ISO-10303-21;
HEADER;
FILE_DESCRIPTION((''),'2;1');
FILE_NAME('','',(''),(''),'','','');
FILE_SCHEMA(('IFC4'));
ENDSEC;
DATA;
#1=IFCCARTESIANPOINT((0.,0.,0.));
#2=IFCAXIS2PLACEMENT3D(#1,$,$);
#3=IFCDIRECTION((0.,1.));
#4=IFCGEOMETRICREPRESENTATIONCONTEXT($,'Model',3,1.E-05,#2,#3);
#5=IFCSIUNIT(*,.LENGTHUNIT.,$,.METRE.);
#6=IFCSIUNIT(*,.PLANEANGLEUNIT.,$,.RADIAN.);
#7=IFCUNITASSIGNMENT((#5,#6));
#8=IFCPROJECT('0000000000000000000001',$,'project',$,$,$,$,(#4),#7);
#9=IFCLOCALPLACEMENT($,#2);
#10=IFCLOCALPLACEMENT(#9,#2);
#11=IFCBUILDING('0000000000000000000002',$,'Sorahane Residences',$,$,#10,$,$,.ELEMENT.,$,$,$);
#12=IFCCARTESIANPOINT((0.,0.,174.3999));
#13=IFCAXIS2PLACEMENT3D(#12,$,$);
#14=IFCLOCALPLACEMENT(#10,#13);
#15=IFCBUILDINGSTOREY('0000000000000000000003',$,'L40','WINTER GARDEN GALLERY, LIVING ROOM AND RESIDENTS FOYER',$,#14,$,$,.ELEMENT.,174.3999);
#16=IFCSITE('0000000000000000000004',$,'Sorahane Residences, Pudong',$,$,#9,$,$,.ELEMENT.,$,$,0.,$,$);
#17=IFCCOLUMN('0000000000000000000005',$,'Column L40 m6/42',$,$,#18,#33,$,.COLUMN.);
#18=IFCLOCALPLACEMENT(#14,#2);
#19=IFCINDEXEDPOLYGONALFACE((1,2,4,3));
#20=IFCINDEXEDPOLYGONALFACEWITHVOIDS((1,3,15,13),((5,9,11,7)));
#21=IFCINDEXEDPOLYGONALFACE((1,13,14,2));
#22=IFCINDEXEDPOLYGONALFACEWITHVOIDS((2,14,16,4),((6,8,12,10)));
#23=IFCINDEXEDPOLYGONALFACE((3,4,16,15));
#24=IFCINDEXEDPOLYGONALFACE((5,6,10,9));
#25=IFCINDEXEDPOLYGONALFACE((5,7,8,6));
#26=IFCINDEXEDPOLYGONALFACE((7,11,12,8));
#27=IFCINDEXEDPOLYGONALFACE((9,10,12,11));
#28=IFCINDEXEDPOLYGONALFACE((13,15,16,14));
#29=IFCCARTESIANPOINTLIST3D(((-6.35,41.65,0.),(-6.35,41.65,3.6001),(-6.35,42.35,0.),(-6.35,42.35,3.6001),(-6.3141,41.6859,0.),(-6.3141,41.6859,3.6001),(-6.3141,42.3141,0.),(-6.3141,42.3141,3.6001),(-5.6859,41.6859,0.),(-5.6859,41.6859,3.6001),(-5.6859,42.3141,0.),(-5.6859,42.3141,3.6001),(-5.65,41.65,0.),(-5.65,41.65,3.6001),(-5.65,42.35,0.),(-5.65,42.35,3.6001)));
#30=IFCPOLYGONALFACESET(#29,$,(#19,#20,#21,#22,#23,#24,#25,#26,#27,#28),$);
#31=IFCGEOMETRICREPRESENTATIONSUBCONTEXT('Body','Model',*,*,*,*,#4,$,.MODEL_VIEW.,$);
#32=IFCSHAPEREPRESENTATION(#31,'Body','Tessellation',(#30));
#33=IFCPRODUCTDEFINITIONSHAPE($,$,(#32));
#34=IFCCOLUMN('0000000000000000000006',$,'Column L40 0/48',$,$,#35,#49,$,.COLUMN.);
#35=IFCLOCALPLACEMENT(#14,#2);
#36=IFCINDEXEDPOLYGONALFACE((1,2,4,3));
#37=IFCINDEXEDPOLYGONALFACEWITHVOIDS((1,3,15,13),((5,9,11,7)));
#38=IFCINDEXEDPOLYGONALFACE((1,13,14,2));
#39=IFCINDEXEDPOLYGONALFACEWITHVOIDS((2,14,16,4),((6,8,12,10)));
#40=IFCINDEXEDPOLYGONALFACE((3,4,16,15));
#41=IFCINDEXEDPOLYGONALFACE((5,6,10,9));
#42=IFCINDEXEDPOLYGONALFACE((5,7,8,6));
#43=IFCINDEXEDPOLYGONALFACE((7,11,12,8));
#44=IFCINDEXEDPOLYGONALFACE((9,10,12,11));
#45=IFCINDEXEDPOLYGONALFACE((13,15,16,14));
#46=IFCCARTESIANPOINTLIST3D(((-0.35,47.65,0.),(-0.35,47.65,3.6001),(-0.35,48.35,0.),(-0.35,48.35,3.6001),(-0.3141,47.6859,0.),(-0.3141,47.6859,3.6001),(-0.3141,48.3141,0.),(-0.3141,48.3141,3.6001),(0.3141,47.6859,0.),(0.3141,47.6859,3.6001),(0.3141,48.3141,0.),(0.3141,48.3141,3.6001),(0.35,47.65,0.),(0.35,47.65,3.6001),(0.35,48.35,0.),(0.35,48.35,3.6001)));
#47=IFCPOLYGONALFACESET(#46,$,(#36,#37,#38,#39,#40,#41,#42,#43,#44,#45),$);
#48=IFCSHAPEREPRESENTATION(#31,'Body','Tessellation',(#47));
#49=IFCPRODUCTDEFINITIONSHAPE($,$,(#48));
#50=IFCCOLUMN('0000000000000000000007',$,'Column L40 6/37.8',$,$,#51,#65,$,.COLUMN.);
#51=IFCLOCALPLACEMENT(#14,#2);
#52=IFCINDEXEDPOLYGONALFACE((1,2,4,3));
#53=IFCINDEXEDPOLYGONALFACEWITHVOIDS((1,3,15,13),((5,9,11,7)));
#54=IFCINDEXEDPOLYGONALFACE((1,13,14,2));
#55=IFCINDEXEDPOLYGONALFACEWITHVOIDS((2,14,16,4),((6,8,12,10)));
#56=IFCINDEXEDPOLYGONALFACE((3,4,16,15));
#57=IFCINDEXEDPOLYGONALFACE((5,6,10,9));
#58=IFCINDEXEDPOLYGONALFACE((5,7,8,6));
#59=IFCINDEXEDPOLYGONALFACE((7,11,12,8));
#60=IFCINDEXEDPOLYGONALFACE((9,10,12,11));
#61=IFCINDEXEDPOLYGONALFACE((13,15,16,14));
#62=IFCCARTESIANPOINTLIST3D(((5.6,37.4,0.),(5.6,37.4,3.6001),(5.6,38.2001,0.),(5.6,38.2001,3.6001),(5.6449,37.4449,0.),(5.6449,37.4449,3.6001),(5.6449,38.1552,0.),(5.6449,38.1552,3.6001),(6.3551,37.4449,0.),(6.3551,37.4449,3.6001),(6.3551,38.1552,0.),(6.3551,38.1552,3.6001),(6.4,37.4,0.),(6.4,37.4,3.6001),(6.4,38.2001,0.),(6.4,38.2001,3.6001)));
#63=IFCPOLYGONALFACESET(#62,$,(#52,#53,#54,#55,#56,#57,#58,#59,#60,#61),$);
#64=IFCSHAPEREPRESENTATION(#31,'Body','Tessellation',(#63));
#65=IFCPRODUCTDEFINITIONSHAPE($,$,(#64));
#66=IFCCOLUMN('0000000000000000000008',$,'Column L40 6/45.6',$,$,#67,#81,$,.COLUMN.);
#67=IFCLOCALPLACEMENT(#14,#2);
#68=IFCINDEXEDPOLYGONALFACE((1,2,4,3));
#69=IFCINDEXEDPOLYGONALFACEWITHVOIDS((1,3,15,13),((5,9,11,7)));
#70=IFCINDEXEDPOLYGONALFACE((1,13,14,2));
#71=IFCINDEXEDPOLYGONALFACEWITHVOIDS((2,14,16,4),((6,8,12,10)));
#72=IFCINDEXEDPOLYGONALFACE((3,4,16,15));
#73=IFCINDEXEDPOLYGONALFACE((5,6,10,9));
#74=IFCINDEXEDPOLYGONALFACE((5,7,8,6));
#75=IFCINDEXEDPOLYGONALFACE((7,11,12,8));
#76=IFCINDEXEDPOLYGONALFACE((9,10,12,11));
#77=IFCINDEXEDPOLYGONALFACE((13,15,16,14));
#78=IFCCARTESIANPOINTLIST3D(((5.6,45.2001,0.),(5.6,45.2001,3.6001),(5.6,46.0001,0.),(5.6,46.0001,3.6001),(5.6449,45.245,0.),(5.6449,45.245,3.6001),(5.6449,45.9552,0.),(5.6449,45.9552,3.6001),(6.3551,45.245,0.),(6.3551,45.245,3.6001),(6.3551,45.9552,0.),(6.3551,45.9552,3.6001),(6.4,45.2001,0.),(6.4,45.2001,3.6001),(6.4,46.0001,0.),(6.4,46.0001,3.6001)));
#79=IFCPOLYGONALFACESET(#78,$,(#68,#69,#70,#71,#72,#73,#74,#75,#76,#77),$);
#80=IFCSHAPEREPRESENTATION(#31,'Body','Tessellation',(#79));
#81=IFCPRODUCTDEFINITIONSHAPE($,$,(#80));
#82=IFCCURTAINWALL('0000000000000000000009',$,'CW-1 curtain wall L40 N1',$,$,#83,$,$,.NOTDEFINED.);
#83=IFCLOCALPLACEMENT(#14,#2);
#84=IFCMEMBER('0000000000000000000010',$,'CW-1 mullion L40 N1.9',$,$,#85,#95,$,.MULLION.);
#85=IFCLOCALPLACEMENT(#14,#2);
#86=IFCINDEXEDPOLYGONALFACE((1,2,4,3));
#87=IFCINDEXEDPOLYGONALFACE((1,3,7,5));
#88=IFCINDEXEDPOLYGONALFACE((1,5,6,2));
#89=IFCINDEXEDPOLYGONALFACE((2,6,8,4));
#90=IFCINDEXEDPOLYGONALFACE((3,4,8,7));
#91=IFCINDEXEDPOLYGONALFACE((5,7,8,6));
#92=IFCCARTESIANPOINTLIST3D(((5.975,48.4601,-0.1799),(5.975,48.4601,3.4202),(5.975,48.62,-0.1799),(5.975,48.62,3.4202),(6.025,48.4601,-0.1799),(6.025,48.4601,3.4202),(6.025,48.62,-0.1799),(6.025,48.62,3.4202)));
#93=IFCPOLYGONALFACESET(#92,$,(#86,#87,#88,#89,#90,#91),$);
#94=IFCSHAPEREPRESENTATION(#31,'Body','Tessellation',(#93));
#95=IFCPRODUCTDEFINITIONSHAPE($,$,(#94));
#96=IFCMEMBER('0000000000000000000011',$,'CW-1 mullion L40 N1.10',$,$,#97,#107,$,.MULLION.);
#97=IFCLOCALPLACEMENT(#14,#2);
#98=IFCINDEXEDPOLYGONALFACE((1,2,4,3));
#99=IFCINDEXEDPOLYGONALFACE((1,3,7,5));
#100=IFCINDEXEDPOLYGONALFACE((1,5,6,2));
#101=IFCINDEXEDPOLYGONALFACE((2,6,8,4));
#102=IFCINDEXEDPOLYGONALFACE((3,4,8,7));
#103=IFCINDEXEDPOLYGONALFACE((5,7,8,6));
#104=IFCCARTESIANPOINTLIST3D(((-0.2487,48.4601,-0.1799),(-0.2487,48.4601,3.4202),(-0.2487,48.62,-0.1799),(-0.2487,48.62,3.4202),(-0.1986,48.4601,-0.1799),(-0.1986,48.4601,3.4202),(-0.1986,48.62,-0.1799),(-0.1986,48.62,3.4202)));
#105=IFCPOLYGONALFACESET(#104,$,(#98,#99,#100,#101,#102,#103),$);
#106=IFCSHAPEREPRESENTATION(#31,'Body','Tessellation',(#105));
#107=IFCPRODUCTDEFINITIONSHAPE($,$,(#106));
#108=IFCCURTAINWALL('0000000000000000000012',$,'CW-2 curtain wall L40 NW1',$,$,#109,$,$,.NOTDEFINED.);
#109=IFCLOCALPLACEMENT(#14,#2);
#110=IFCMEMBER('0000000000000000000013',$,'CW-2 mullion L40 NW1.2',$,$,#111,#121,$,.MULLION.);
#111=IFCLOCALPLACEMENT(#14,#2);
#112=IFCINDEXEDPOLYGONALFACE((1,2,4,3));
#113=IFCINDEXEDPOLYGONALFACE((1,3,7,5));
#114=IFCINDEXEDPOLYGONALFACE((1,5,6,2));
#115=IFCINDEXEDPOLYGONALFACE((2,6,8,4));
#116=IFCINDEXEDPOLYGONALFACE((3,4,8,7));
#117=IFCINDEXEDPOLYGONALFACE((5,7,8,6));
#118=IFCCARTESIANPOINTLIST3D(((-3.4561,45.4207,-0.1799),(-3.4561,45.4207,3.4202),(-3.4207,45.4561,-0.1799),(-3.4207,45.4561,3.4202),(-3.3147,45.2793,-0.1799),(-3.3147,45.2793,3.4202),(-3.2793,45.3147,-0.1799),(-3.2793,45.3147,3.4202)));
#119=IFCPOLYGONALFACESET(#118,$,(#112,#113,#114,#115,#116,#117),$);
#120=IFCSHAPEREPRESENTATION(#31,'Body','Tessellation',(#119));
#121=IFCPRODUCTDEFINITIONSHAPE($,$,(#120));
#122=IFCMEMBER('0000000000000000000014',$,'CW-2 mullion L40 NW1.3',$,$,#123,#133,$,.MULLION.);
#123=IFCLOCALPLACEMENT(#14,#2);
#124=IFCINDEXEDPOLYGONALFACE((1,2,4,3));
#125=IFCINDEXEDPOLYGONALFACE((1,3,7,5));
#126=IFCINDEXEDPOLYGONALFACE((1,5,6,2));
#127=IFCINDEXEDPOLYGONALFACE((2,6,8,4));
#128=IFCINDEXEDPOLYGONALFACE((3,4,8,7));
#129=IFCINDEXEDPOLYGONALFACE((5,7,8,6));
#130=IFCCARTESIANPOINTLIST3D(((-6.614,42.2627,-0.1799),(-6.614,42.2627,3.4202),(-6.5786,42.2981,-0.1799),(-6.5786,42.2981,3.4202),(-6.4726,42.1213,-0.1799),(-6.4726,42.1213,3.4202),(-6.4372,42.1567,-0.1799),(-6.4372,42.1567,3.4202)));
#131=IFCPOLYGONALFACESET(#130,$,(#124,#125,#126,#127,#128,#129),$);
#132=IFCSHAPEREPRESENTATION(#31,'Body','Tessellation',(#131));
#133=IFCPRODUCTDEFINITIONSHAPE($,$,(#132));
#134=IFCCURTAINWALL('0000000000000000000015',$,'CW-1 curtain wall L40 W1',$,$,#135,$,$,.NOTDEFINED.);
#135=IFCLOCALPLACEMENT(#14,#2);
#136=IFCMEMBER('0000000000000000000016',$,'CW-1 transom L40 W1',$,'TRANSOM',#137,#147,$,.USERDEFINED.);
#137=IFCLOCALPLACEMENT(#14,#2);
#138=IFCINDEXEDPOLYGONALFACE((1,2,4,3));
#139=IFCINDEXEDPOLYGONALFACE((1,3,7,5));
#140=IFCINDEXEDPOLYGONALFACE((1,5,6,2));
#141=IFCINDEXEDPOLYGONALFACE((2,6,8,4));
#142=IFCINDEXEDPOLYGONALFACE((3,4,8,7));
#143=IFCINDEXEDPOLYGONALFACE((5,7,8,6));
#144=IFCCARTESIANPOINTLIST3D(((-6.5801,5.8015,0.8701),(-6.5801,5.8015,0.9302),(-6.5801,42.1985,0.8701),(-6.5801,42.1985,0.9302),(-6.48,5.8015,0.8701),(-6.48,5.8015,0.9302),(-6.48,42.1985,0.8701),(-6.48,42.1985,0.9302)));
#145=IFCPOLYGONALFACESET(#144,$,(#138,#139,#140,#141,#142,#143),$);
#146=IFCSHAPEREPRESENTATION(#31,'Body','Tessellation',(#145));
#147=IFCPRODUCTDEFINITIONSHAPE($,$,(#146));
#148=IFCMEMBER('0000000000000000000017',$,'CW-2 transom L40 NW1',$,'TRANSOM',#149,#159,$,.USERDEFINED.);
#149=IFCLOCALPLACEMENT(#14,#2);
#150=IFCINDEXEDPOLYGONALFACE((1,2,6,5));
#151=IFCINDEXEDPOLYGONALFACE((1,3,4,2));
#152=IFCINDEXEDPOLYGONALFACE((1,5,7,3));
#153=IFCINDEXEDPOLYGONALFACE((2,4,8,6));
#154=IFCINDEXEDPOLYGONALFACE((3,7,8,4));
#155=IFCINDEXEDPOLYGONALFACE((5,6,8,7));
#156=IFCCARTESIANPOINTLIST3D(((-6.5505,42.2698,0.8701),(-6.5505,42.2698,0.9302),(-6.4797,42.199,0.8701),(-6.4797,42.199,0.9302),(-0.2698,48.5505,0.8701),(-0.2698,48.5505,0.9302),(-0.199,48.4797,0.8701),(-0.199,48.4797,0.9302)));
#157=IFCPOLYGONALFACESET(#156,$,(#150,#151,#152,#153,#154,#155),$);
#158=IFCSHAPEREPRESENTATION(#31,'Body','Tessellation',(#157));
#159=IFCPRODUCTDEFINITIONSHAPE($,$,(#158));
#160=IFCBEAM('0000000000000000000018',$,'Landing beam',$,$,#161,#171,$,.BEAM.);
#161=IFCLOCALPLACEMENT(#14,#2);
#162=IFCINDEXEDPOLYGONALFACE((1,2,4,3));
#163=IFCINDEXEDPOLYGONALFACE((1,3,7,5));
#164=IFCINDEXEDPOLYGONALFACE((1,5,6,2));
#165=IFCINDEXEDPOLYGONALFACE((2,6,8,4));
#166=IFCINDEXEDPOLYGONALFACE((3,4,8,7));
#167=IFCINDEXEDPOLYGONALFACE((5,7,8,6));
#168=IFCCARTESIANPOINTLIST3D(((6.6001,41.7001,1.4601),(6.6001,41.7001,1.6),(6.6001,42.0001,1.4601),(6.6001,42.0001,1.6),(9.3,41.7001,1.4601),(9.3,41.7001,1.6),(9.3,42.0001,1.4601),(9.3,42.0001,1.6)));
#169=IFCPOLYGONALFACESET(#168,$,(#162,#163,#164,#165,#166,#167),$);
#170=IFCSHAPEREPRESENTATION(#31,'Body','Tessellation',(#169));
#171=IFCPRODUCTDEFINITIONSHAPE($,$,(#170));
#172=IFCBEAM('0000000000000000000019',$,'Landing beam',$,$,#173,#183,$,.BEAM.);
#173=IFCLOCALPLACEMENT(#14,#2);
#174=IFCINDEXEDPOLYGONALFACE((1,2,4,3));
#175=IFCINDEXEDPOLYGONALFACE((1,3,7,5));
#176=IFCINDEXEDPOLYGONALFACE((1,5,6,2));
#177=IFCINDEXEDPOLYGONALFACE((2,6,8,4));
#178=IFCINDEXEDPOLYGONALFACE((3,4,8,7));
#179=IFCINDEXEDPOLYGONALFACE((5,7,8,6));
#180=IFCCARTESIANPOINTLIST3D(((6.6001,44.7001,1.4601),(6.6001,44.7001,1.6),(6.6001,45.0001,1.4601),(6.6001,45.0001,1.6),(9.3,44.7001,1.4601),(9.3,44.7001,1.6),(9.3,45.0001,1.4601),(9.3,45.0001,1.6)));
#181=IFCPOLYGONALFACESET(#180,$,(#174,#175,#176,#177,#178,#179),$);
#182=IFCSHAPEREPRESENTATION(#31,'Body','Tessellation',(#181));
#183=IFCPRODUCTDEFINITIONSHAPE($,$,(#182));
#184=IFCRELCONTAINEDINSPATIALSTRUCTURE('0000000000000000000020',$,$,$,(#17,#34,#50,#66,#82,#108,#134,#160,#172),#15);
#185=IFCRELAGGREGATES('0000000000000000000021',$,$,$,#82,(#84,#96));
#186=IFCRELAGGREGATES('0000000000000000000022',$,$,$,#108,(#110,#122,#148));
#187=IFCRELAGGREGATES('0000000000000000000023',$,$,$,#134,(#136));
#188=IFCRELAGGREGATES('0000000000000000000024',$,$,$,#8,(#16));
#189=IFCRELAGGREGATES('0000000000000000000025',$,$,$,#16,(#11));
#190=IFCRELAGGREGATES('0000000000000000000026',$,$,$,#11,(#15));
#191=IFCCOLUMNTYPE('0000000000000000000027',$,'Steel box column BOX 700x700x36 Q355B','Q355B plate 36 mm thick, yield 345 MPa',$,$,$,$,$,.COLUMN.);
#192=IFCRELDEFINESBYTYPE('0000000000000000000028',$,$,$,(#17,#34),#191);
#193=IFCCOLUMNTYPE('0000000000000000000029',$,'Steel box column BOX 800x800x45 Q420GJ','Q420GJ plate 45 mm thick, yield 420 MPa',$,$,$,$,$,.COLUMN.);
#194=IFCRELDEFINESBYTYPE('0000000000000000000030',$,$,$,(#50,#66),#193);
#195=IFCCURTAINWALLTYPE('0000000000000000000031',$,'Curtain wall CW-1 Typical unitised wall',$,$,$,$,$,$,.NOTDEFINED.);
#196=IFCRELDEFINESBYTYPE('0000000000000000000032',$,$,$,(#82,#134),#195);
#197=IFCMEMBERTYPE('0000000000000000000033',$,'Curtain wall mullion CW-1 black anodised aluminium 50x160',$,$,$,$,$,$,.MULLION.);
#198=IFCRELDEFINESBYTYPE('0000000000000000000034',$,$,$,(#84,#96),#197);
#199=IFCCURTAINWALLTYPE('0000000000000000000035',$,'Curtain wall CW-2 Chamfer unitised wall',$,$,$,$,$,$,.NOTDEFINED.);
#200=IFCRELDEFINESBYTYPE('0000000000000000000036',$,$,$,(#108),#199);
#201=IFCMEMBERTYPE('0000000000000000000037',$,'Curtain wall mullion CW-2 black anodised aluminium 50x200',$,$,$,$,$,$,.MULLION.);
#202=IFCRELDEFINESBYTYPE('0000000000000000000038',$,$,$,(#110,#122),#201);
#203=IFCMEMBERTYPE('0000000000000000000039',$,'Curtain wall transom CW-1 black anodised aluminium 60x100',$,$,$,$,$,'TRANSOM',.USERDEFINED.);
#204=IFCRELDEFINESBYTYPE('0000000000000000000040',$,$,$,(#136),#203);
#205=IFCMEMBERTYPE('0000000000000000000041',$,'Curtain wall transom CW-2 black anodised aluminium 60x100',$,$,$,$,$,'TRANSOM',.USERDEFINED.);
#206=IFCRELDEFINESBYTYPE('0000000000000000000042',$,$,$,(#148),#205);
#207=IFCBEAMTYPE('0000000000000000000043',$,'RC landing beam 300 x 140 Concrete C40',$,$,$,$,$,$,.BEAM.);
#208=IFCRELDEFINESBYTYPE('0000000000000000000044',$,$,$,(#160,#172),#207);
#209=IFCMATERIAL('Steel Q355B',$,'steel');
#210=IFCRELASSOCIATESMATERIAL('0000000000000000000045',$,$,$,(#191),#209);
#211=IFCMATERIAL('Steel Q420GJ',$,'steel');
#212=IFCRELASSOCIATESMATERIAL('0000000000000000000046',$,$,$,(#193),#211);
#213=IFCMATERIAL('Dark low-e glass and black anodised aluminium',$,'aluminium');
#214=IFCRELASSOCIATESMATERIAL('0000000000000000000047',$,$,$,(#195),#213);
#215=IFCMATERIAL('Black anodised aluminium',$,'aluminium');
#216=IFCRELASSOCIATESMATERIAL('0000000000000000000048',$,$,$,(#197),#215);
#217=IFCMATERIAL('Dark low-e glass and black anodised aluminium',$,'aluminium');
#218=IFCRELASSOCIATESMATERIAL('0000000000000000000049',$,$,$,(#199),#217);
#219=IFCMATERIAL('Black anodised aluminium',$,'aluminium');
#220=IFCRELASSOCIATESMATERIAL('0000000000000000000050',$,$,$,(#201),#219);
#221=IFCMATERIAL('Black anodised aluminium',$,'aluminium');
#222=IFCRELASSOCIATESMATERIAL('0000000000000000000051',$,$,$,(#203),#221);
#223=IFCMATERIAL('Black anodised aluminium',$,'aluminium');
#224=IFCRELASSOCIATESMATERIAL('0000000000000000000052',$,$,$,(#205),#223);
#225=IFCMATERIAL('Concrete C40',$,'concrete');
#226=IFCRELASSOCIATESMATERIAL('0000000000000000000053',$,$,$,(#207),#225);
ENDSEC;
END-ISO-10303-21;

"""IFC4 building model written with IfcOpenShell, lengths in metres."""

from ifc_helpers import new_model, si_unit, direction, frame, origin, origin_2d, place, context, subcontext, project, spatial, rectangle, hollow_rectangle, extrude, material, material_profile, profile_set, type_object, element, aggregate, save


model = new_model("IFC4")

# Units and contexts
model_context = context("Model", 3, precision=1e-05, world=origin(), true_north=direction((0.0, 1.0)))
body_context = subcontext(model_context, "Body", "Model", "MODEL_VIEW")
ifc_project = project(units=[si_unit("LENGTHUNIT", "METRE"), si_unit("PLANEANGLEUNIT", "RADIAN")], contexts=[model_context])

# Site, building, storey
site_placement = place(None, origin())
site = spatial("IfcSite", under=ifc_project, at=site_placement, Name="Sorahane Residences, Pudong", CompositionType="ELEMENT", RefElevation=0.0)
building_placement = place(site_placement, origin())
building = spatial("IfcBuilding", under=site, at=building_placement, Name="Sorahane Residences", CompositionType="ELEMENT")
storey_placement = place(building_placement, frame((0.0, 0.0, 174.3999)))
storey = spatial("IfcBuildingStorey", under=building, at=storey_placement, Name="L40", Description="WINTER GARDEN GALLERY, LIVING ROOM AND RESIDENTS FOYER", CompositionType="ELEMENT", Elevation=174.3999)

# Columns
ifc_material_1 = material(Name="Steel Q355B", Category="steel")
ifc_material_profile_1 = material_profile(ifc_material_1, hollow_rectangle(XDim=0.7, YDim=0.7, WallThickness=0.0359, at=origin_2d()), Name="BOX 700x700x36")
ifc_profile_set_1 = profile_set([ifc_material_profile_1], Name="Steel Q355B")
column_type_1 = type_object("IfcColumnType", Name="Steel box column BOX 700x700x36 Q355B", Description="Q355B plate 36 mm thick, yield 345 MPa", PredefinedType="COLUMN", material=ifc_profile_set_1)
for number, where, z_axis, x_axis, name in (
    (1, (-6.0, 42.0, 0.0), (0.0, 0.0, 1.0), (1.0, 0.0, 0.0), "Column L40 m6/42"),
    (2, (0.0, 48.0, 0.0), (0.0, 0.0, 1.0), (1.0, 0.0, 0.0), "Column L40 0/48"),
):
    element("IfcColumn", number, at=place(storey_placement, frame(where, z_axis=z_axis, x_axis=x_axis)), inside=storey, type_object=column_type_1, Name=name, PredefinedType="COLUMN", context=body_context, shape_type="SweptSolid", body=[
        extrude(hollow_rectangle(XDim=0.7, YDim=0.7, WallThickness=0.0359, at=origin_2d()), origin(), (0.0, 0.0, 1.0), 3.6001),
    ])
ifc_material_2 = material(Name="Steel Q420GJ", Category="steel")
ifc_material_profile_2 = material_profile(ifc_material_2, hollow_rectangle(XDim=0.8, YDim=0.8, WallThickness=0.0449, at=origin_2d()), Name="BOX 800x800x45")
ifc_profile_set_2 = profile_set([ifc_material_profile_2], Name="Steel Q420GJ")
column_type_2 = type_object("IfcColumnType", Name="Steel box column BOX 800x800x45 Q420GJ", Description="Q420GJ plate 45 mm thick, yield 420 MPa", PredefinedType="COLUMN", material=ifc_profile_set_2)
for number, where, z_axis, x_axis, name in (
    (3, (6.0, 37.8, 0.0), (0.0, 0.0, 1.0), (1.0, 0.0, 0.0), "Column L40 6/37.8"),
    (4, (6.0, 45.6001, 0.0), (0.0, 0.0, 1.0), (1.0, 0.0, 0.0), "Column L40 6/45.6"),
):
    element("IfcColumn", number, at=place(storey_placement, frame(where, z_axis=z_axis, x_axis=x_axis)), inside=storey, type_object=column_type_2, Name=name, PredefinedType="COLUMN", context=body_context, shape_type="SweptSolid", body=[
        extrude(hollow_rectangle(XDim=0.8, YDim=0.8, WallThickness=0.0449, at=origin_2d()), origin(), (0.0, 0.0, 1.0), 3.6001),
    ])

# Curtain walls, members
ifc_material_3 = material(Name="Dark low-e glass and black anodised aluminium", Category="aluminium")
curtain_wall_type_1 = type_object("IfcCurtainWallType", Name="Curtain wall CW-1 Typical unitised wall", PredefinedType="NOTDEFINED", material=ifc_material_3)
curtain_wall_1_placement = place(storey_placement, origin())
curtain_wall_1 = element("IfcCurtainWall", 5, at=curtain_wall_1_placement, inside=storey, type_object=curtain_wall_type_1, Name="CW-1 curtain wall L40 N1", PredefinedType="NOTDEFINED")
ifc_material_4 = material(Name="Black anodised aluminium", Category="aluminium")
ifc_material_profile_3 = material_profile(ifc_material_4, rectangle(XDim=0.1599, YDim=0.05, at=origin_2d()), Name="Curtain wall mullion CW-1 black anodised aluminium 50x160")
ifc_profile_set_3 = profile_set([ifc_material_profile_3], Name="Black anodised aluminium")
member_type_1 = type_object("IfcMemberType", Name="Curtain wall mullion CW-1 black anodised aluminium 50x160", PredefinedType="MULLION", material=ifc_profile_set_3)
member_1_placement = place(storey_placement, frame((6.0, 48.54, -0.1799), z_axis=(0.0, 0.0, 1.0), x_axis=(0.0, 1.0, 0.0)))
member_1 = element("IfcMember", 6, at=member_1_placement, type_object=member_type_1, Name="CW-1 mullion L40 N1.9", PredefinedType="MULLION", context=body_context, shape_type="SweptSolid", body=[
    extrude(rectangle(XDim=0.1599, YDim=0.05, at=origin_2d()), origin(), (0.0, 0.0, 1.0), 3.6001),
])
member_2_placement = place(storey_placement, frame((-0.2236, 48.54, -0.1799), z_axis=(0.0, 0.0, 1.0), x_axis=(0.0, 1.0, 0.0)))
member_2 = element("IfcMember", 7, at=member_2_placement, type_object=member_type_1, Name="CW-1 mullion L40 N1.10", PredefinedType="MULLION", context=body_context, shape_type="SweptSolid", body=[
    extrude(rectangle(XDim=0.1599, YDim=0.05, at=origin_2d()), origin(), (0.0, 0.0, 1.0), 3.6001),
])
ifc_material_5 = material(Name="Dark low-e glass and black anodised aluminium", Category="aluminium")
curtain_wall_type_2 = type_object("IfcCurtainWallType", Name="Curtain wall CW-2 Chamfer unitised wall", PredefinedType="NOTDEFINED", material=ifc_material_5)
curtain_wall_2_placement = place(storey_placement, origin())
curtain_wall_2 = element("IfcCurtainWall", 8, at=curtain_wall_2_placement, inside=storey, type_object=curtain_wall_type_2, Name="CW-2 curtain wall L40 NW1", PredefinedType="NOTDEFINED")
ifc_material_6 = material(Name="Black anodised aluminium", Category="aluminium")
ifc_material_profile_4 = material_profile(ifc_material_6, rectangle(XDim=0.2, YDim=0.05, at=origin_2d()), Name="Curtain wall mullion CW-2 black anodised aluminium 50x200")
ifc_profile_set_4 = profile_set([ifc_material_profile_4], Name="Black anodised aluminium")
member_type_2 = type_object("IfcMemberType", Name="Curtain wall mullion CW-2 black anodised aluminium 50x200", PredefinedType="MULLION", material=ifc_profile_set_4)
member_3_placement = place(storey_placement, frame((-3.3677, 45.3677, -0.1799), z_axis=(0.0, 0.0, 1.0), x_axis=(-0.707107, 0.707107, 0.0)))
member_3 = element("IfcMember", 9, at=member_3_placement, type_object=member_type_2, Name="CW-2 mullion L40 NW1.2", PredefinedType="MULLION", context=body_context, shape_type="SweptSolid", body=[
    extrude(rectangle(XDim=0.2, YDim=0.05, at=origin_2d()), origin(), (0.0, 0.0, 1.0), 3.6001),
])
member_4_placement = place(storey_placement, frame((-6.5256, 42.2097, -0.1799), z_axis=(0.0, 0.0, 1.0), x_axis=(-0.707107, 0.707107, 0.0)))
member_4 = element("IfcMember", 10, at=member_4_placement, type_object=member_type_2, Name="CW-2 mullion L40 NW1.3", PredefinedType="MULLION", context=body_context, shape_type="SweptSolid", body=[
    extrude(rectangle(XDim=0.2, YDim=0.05, at=origin_2d()), origin(), (0.0, 0.0, 1.0), 3.6001),
])

# Curtain wall, member
curtain_wall_3_placement = place(storey_placement, origin())
curtain_wall_3 = element("IfcCurtainWall", 11, at=curtain_wall_3_placement, inside=storey, type_object=curtain_wall_type_1, Name="CW-1 curtain wall L40 W1", PredefinedType="NOTDEFINED")
ifc_material_7 = material(Name="Black anodised aluminium", Category="aluminium")
ifc_material_profile_5 = material_profile(ifc_material_7, rectangle(XDim=0.1001, YDim=0.0601, at=origin_2d()), Name="Curtain wall transom CW-1 black anodised aluminium 60x100")
ifc_profile_set_5 = profile_set([ifc_material_profile_5], Name="Black anodised aluminium")
member_type_3 = type_object("IfcMemberType", Name="Curtain wall transom CW-1 black anodised aluminium 60x100", ElementType="TRANSOM", PredefinedType="USERDEFINED", material=ifc_profile_set_5)
member_5_placement = place(storey_placement, frame((-6.53, 42.1985, 0.9001), z_axis=(0.0, -1.0, 0.0), x_axis=(1.0, 0.0, 0.0)))
member_5 = element("IfcMember", 12, at=member_5_placement, type_object=member_type_3, Name="CW-1 transom L40 W1", ObjectType="TRANSOM", PredefinedType="USERDEFINED", context=body_context, shape_type="SweptSolid", body=[
    extrude(rectangle(XDim=0.1001, YDim=0.0601, at=origin_2d()), origin(), (0.0, 0.0, 1.0), 36.397),
])

# Member
ifc_material_8 = material(Name="Black anodised aluminium", Category="aluminium")
ifc_material_profile_6 = material_profile(ifc_material_8, rectangle(XDim=0.1001, YDim=0.0601, at=origin_2d()), Name="Curtain wall transom CW-2 black anodised aluminium 60x100")
ifc_profile_set_6 = profile_set([ifc_material_profile_6], Name="Black anodised aluminium")
member_type_4 = type_object("IfcMemberType", Name="Curtain wall transom CW-2 black anodised aluminium 60x100", ElementType="TRANSOM", PredefinedType="USERDEFINED", material=ifc_profile_set_6)
member_6_placement = place(storey_placement, frame((-0.2344, 48.5151, 0.9001), z_axis=(-0.707107, -0.707107, 0.0), x_axis=(0.707107, -0.707107, 0.0)))
member_6 = element("IfcMember", 13, at=member_6_placement, type_object=member_type_4, Name="CW-2 transom L40 NW1", ObjectType="TRANSOM", PredefinedType="USERDEFINED", context=body_context, shape_type="SweptSolid", body=[
    extrude(rectangle(XDim=0.1001, YDim=0.0601, at=origin_2d()), origin(), (0.0, 0.0, 1.0), 8.8823),
])

# Beams
ifc_material_9 = material(Name="Concrete C40", Category="concrete")
ifc_material_profile_7 = material_profile(ifc_material_9, rectangle(XDim=0.3, YDim=0.1399, at=origin_2d()), Name="300x140")
ifc_profile_set_7 = profile_set([ifc_material_profile_7], Name="Concrete C40")
beam_type_1 = type_object("IfcBeamType", Name="RC landing beam 300 x 140 Concrete C40", PredefinedType="BEAM", material=ifc_profile_set_7)
for number, where, z_axis, x_axis, name in (
    (14, (6.6001, 41.8501, 1.53), (1.0, 0.0, 0.0), (0.0, 1.0, 0.0), "Landing beam"),
    (15, (6.6001, 44.8501, 1.53), (1.0, 0.0, 0.0), (0.0, 1.0, 0.0), "Landing beam"),
):
    element("IfcBeam", number, at=place(storey_placement, frame(where, z_axis=z_axis, x_axis=x_axis)), inside=storey, type_object=beam_type_1, Name=name, PredefinedType="BEAM", context=body_context, shape_type="SweptSolid", body=[
        extrude(rectangle(XDim=0.3, YDim=0.1399, at=origin_2d()), origin(), (0.0, 0.0, 1.0), 2.7),
    ])

aggregate(curtain_wall_1, [member_1, member_2])
aggregate(curtain_wall_2, [member_3, member_4, member_6])
aggregate(curtain_wall_3, [member_5])

save(model, "model.ifc")
